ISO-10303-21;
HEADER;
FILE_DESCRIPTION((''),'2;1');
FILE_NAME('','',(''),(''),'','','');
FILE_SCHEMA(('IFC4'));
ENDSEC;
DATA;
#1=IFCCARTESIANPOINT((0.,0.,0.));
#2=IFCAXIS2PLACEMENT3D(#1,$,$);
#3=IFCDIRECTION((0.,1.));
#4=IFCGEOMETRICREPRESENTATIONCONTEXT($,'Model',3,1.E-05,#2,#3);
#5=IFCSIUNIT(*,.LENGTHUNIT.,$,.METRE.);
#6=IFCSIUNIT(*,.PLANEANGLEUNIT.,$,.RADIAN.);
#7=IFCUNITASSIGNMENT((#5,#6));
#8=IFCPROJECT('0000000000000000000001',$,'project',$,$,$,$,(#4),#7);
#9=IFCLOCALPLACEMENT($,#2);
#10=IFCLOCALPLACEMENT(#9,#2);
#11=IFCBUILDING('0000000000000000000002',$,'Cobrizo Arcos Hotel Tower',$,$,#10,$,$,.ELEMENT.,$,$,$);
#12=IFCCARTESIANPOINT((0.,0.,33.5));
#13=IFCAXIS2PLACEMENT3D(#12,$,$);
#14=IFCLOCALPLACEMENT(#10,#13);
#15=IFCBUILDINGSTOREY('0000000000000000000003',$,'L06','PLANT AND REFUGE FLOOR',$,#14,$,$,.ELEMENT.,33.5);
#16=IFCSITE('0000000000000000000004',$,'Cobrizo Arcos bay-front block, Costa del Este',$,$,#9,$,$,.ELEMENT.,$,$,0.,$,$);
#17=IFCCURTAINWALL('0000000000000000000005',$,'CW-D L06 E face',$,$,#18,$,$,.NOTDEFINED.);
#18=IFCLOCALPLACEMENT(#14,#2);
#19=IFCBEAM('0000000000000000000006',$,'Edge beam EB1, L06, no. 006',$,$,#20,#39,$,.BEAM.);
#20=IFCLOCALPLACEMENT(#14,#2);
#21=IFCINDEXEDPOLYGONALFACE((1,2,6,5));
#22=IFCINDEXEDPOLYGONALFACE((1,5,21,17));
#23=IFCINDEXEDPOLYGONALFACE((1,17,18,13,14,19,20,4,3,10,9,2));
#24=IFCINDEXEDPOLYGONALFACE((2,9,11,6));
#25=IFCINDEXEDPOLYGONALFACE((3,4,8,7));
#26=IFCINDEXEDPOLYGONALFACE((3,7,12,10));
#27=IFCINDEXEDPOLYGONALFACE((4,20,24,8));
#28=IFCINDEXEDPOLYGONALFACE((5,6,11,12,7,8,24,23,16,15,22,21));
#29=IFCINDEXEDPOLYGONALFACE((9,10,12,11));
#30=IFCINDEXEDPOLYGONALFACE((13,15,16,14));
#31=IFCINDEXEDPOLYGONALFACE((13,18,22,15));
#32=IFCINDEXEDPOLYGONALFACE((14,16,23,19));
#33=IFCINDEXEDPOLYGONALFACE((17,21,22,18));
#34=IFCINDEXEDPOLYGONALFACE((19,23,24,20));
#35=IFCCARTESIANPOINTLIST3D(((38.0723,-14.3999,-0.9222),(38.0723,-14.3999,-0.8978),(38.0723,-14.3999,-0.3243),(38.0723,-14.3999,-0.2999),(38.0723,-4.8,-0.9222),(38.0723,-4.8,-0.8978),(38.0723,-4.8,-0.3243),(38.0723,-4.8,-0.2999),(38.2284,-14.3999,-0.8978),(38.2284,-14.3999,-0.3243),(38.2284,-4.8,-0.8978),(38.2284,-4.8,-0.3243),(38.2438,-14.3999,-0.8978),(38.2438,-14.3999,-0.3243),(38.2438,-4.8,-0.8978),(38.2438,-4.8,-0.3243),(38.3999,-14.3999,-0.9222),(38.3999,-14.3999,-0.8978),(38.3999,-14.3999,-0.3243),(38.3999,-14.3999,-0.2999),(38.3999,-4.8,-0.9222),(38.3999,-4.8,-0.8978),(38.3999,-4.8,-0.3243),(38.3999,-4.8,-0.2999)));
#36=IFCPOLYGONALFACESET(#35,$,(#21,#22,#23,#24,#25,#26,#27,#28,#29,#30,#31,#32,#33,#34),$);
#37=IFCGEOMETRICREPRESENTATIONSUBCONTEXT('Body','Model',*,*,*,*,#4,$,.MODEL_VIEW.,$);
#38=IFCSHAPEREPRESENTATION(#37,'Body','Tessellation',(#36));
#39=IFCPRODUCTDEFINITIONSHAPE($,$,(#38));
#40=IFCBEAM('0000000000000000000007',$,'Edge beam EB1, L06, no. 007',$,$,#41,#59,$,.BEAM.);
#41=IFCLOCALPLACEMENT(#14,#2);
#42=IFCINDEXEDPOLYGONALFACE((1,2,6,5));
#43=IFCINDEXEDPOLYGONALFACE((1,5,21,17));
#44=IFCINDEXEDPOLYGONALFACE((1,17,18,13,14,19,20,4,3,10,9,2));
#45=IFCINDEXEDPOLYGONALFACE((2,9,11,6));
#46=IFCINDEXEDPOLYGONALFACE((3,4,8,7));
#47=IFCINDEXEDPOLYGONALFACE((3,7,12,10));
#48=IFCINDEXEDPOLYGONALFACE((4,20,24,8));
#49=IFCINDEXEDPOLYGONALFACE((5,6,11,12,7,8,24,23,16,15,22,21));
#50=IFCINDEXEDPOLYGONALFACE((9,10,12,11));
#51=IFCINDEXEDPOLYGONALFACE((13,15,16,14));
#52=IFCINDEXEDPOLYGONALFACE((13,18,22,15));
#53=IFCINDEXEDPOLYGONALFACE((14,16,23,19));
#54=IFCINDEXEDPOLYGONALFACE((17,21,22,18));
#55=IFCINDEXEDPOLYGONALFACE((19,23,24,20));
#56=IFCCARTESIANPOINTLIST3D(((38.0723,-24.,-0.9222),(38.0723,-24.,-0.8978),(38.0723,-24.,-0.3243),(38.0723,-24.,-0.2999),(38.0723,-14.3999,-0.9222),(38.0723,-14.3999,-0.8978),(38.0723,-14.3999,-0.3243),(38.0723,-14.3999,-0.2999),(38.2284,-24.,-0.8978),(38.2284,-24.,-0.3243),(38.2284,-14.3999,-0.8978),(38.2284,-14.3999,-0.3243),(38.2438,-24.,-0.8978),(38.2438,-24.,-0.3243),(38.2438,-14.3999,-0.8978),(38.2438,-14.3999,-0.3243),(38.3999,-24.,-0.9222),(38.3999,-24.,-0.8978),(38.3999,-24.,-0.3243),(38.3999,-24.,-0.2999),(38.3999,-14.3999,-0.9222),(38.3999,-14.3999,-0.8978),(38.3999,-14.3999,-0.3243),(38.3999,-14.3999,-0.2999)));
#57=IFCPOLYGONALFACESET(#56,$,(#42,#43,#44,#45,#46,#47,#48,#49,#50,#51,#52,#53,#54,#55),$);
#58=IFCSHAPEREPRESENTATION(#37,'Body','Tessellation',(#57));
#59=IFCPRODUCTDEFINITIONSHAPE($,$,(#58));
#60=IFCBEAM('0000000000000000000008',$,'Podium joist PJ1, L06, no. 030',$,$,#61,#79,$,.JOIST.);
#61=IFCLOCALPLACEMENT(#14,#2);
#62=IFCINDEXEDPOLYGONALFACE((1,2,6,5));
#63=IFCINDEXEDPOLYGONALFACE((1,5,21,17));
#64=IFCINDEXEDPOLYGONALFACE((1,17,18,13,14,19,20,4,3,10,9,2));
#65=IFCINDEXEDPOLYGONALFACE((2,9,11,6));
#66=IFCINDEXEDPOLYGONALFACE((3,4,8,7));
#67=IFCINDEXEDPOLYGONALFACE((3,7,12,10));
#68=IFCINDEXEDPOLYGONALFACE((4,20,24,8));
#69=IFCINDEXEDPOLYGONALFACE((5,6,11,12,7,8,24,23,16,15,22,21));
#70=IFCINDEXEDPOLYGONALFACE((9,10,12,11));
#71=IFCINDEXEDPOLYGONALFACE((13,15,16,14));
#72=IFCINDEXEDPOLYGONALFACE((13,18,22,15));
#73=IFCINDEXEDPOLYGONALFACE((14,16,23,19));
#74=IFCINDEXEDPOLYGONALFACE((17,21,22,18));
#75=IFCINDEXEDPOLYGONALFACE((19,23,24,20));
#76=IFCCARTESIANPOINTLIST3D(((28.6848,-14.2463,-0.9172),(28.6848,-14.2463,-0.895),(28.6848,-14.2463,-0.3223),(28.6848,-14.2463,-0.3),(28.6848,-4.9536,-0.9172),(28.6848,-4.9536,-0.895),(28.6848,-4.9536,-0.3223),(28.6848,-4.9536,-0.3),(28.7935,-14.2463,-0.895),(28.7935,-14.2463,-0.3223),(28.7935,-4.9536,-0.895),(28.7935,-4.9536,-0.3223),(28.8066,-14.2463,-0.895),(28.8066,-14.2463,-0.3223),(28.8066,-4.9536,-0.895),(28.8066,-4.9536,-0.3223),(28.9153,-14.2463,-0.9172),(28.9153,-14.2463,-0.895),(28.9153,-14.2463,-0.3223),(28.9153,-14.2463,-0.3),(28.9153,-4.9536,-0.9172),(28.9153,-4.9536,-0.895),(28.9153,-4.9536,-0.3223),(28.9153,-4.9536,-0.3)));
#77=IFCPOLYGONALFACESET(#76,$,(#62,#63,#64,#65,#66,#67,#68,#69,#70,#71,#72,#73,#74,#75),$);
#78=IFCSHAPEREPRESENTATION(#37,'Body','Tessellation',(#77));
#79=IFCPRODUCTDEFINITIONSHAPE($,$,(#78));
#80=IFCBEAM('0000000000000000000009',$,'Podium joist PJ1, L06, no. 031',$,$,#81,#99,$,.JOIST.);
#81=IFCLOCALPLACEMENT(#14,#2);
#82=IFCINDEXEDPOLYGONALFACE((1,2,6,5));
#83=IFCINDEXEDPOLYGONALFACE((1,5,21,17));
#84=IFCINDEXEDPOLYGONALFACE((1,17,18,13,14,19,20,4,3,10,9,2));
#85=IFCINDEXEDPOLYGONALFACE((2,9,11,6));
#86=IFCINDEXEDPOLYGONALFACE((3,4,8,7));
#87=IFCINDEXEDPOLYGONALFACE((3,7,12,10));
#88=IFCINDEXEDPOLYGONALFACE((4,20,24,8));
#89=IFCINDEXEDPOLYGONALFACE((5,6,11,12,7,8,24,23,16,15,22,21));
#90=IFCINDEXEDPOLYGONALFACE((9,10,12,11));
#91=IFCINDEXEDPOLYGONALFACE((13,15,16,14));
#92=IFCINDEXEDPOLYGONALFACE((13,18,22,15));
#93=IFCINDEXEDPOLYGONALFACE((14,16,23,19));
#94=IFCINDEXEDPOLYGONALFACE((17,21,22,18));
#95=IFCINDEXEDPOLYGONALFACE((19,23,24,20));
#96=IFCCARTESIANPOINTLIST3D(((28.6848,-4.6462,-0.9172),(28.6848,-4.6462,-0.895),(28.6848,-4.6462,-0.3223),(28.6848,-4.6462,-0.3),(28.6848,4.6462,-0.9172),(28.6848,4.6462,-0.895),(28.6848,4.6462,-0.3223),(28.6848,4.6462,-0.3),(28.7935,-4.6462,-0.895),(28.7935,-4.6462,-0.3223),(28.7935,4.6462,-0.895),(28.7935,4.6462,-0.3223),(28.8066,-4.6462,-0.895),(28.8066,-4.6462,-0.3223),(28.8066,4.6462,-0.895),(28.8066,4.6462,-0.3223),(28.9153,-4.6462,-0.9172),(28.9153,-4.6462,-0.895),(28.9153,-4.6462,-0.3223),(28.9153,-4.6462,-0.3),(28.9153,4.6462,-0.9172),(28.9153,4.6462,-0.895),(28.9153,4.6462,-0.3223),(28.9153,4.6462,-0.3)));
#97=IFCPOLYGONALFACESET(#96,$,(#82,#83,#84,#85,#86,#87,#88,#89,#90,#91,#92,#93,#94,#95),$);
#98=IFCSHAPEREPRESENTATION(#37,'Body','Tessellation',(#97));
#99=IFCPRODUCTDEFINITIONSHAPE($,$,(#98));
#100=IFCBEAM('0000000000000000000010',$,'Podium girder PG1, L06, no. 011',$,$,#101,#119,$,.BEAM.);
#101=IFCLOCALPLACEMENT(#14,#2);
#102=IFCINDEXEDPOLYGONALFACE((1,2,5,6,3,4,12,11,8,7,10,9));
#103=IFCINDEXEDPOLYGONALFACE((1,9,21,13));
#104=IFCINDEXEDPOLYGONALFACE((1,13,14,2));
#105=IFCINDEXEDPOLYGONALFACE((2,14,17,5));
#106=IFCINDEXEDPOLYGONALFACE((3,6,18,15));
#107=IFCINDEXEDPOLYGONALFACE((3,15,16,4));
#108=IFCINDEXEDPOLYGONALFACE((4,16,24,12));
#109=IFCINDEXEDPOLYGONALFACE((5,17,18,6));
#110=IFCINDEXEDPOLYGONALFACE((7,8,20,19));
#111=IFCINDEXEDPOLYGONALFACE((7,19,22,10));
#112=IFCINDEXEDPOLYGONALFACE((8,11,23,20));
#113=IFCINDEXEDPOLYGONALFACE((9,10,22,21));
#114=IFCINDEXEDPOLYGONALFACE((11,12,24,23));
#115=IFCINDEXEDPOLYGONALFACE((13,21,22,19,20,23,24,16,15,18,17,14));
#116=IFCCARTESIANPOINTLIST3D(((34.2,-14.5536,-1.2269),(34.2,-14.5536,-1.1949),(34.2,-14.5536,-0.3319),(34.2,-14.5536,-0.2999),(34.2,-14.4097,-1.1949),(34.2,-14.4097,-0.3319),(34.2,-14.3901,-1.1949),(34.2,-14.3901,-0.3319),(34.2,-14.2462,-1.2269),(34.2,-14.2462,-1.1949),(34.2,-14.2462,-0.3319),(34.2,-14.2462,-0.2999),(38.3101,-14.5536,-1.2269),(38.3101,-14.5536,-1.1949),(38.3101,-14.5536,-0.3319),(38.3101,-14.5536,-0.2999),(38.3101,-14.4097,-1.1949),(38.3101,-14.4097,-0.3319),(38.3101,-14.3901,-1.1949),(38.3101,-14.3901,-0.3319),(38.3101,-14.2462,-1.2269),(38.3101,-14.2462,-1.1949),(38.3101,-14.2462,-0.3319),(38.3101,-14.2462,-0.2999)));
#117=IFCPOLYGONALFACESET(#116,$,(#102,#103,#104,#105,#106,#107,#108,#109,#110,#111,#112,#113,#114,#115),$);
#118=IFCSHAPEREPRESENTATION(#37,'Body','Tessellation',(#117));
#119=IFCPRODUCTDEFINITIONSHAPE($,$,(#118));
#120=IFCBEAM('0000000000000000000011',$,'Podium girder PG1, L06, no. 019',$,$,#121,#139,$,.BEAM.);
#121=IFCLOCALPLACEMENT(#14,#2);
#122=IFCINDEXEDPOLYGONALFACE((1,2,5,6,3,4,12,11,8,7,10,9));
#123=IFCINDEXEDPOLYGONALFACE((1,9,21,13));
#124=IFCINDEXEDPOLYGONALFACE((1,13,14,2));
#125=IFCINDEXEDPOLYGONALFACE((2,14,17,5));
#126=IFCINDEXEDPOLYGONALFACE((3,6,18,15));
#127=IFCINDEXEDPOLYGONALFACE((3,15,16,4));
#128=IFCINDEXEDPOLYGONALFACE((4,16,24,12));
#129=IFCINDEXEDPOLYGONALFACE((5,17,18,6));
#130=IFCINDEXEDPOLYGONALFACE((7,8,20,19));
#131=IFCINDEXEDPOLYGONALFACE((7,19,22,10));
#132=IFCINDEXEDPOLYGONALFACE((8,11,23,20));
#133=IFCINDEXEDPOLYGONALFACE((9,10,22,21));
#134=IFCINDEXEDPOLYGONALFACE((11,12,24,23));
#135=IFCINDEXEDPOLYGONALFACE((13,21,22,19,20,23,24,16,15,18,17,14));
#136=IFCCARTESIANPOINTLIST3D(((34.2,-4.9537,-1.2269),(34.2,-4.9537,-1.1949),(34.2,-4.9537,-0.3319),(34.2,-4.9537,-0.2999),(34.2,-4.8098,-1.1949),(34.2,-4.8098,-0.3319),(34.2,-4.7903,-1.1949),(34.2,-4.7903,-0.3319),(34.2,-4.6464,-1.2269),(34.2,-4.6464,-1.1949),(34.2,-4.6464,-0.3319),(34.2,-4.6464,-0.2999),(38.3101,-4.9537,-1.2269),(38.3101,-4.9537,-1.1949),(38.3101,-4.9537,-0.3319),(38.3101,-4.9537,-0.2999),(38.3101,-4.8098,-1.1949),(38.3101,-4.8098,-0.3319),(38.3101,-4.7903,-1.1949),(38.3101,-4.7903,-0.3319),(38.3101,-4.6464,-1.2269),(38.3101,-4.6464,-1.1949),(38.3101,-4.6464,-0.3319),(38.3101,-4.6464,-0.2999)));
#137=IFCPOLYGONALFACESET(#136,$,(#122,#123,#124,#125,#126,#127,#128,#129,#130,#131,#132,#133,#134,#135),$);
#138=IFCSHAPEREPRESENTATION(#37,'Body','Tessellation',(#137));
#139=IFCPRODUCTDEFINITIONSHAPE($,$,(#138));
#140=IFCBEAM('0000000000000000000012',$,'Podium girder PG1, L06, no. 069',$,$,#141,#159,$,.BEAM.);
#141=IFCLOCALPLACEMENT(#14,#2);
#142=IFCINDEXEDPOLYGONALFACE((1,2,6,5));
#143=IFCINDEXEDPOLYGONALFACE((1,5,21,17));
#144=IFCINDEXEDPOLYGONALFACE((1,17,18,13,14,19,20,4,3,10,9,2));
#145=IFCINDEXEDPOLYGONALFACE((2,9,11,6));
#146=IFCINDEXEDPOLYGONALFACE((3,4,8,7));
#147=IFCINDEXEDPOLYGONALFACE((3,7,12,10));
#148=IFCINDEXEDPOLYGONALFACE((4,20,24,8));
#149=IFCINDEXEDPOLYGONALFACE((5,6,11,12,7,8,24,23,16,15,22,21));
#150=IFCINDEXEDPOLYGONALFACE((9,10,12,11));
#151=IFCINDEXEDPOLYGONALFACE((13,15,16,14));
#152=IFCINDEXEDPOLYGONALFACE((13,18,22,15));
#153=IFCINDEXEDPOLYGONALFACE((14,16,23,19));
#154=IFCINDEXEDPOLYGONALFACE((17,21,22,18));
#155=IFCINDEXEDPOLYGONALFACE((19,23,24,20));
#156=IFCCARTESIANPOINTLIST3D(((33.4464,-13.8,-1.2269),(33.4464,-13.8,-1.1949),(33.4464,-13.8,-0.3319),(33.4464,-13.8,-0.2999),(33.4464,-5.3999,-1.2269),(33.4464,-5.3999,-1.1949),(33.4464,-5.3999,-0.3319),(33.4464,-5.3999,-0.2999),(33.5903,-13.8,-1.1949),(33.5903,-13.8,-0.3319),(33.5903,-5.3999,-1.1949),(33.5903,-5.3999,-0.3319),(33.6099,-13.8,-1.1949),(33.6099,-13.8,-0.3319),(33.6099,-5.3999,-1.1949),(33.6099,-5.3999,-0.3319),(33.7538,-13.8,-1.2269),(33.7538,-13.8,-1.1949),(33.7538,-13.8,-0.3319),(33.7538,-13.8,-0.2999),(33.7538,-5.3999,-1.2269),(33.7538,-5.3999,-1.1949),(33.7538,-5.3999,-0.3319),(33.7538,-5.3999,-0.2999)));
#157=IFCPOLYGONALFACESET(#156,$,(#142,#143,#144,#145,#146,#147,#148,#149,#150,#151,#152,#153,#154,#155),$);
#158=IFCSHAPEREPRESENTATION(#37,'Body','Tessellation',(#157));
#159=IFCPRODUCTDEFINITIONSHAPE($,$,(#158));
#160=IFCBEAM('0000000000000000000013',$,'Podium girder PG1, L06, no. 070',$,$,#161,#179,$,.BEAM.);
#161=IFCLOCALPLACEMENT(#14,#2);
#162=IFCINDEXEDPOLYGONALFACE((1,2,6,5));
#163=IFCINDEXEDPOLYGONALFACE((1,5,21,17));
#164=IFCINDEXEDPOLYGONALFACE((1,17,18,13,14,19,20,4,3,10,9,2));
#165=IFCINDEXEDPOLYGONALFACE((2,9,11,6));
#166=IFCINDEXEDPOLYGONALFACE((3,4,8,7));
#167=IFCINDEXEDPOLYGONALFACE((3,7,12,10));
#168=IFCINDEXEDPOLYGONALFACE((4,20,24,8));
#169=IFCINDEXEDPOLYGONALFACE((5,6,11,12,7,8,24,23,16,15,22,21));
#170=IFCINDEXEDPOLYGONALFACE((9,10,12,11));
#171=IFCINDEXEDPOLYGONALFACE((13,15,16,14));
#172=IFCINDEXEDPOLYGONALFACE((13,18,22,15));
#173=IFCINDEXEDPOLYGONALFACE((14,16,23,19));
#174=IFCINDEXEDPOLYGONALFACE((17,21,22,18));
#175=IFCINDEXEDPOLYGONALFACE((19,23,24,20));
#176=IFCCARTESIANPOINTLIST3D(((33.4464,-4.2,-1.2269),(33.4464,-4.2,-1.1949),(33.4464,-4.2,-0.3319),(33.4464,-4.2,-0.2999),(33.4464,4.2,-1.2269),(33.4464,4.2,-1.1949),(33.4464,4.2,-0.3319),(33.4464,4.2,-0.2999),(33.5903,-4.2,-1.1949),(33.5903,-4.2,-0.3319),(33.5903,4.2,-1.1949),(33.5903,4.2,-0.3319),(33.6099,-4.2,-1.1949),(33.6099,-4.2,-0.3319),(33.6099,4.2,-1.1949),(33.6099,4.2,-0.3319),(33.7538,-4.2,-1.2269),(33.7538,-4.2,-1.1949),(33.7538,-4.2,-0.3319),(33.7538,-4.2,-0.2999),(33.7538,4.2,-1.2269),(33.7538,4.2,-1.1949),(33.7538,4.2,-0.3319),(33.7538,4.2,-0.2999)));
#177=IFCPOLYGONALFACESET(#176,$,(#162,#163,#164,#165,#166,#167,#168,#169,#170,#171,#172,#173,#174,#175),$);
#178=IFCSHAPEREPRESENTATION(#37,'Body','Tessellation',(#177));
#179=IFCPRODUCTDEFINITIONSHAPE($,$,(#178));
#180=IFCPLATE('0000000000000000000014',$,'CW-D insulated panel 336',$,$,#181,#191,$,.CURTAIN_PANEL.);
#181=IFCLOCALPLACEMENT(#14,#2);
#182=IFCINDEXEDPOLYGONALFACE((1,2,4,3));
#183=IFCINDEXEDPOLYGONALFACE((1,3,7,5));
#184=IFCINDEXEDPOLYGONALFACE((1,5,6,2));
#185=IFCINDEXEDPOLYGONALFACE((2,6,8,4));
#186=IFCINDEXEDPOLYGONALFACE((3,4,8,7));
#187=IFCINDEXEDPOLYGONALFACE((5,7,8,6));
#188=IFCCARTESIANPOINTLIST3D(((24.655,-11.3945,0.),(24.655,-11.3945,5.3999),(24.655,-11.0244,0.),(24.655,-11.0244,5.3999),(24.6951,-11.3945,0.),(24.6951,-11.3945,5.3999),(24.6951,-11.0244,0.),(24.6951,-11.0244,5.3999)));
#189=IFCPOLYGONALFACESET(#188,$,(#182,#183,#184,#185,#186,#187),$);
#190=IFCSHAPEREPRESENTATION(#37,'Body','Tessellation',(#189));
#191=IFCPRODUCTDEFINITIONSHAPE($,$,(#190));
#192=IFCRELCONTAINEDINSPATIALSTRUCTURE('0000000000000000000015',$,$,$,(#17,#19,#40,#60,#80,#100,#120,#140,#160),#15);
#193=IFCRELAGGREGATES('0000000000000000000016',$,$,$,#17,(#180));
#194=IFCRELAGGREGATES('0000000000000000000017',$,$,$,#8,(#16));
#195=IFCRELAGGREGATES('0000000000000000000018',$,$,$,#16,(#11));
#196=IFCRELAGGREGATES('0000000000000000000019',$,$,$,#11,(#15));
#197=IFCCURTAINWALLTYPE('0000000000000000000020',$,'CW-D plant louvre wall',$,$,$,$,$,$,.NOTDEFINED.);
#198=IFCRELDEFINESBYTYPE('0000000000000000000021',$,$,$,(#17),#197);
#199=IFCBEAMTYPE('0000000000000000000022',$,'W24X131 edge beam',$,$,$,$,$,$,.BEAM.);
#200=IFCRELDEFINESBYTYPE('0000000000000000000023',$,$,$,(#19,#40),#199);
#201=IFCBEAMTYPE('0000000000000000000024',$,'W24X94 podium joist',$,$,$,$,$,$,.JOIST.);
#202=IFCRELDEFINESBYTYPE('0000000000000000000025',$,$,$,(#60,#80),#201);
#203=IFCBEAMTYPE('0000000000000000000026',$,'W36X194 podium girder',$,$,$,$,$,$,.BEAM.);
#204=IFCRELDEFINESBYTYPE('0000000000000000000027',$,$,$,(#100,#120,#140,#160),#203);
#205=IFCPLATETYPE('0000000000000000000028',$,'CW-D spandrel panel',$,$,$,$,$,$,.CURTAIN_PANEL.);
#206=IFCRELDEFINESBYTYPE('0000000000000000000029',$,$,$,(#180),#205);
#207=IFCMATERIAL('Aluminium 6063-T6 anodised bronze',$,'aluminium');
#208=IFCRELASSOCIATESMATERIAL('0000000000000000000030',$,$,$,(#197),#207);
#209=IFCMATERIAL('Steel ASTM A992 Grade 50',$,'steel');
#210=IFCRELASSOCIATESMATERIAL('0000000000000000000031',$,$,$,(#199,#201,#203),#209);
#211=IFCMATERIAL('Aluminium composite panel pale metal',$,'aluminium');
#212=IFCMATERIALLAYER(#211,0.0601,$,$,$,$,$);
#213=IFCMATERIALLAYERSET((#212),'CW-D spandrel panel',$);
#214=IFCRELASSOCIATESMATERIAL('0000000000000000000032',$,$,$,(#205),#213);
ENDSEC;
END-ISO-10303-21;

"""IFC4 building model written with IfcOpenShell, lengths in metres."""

from ifc_helpers import new_model, si_unit, direction, frame, origin, origin_2d, place, context, subcontext, project, spatial, rectangle, i_section, extrude, material, layer, layer_set, material_profile, profile_set, type_object, element, aggregate, save


model = new_model("IFC4")

# Units and contexts
model_context = context("Model", 3, precision=1e-05, world=origin(), true_north=direction((0.0, 1.0)))
body_context = subcontext(model_context, "Body", "Model", "MODEL_VIEW")
ifc_project = project(units=[si_unit("LENGTHUNIT", "METRE"), si_unit("PLANEANGLEUNIT", "RADIAN")], contexts=[model_context])

# Site, building, storey
site_placement = place(None, origin())
site = spatial("IfcSite", under=ifc_project, at=site_placement, Name="Cobrizo Arcos bay-front block, Costa del Este", CompositionType="ELEMENT", RefElevation=0.0)
building_placement = place(site_placement, origin())
building = spatial("IfcBuilding", under=site, at=building_placement, Name="Cobrizo Arcos Hotel Tower", CompositionType="ELEMENT")
storey_placement = place(building_placement, frame((0.0, 0.0, 33.5)))
storey = spatial("IfcBuildingStorey", under=building, at=storey_placement, Name="L06", Description="PLANT AND REFUGE FLOOR", CompositionType="ELEMENT", Elevation=33.5)

# Curtain wall
ifc_material_1 = material(Name="Aluminium 6063-T6 anodised bronze", Category="aluminium")
curtain_wall_type = type_object("IfcCurtainWallType", Name="CW-D plant louvre wall", PredefinedType="NOTDEFINED", material=ifc_material_1)
curtain_wall_placement = place(storey_placement, origin())
curtain_wall = element("IfcCurtainWall", 1, at=curtain_wall_placement, inside=storey, type_object=curtain_wall_type, Name="CW-D L06 E face", PredefinedType="NOTDEFINED")

# Beams
ifc_material_2 = material(Name="Steel ASTM A992 Grade 50", Category="steel")
ifc_material_profile_1 = material_profile(ifc_material_2, i_section(OverallWidth=0.3276, OverallDepth=0.6223, WebThickness=0.0154, FlangeThickness=0.0244, at=origin_2d()), Name="W24X131")
ifc_profile_set_1 = profile_set([ifc_material_profile_1], Name="Steel ASTM A992 Grade 50")
beam_type_1 = type_object("IfcBeamType", Name="W24X131 edge beam", PredefinedType="BEAM", material=ifc_profile_set_1)
beam_1_placement = place(storey_placement, frame((38.2361, -4.8, -0.6111), z_axis=(0.0, -1.0, 0.0), x_axis=(1.0, 0.0, 0.0)))
element("IfcBeam", 2, at=beam_1_placement, inside=storey, type_object=beam_type_1, Name="Edge beam EB1, L06, no. 006", PredefinedType="BEAM", context=body_context, shape_type="SweptSolid", body=[
    extrude(i_section(OverallWidth=0.3276, OverallDepth=0.6223, WebThickness=0.0154, FlangeThickness=0.0244, at=origin_2d()), origin(), (0.0, 0.0, 1.0), 9.5999),
])
beam_2_placement = place(storey_placement, frame((38.2361, -14.3999, -0.6111), z_axis=(0.0, -1.0, 0.0), x_axis=(1.0, 0.0, 0.0)))
element("IfcBeam", 3, at=beam_2_placement, inside=storey, type_object=beam_type_1, Name="Edge beam EB1, L06, no. 007", PredefinedType="BEAM", context=body_context, shape_type="SweptSolid", body=[
    extrude(i_section(OverallWidth=0.3276, OverallDepth=0.6223, WebThickness=0.0154, FlangeThickness=0.0244, at=origin_2d()), origin(), (0.0, 0.0, 1.0), 9.6001),
])
ifc_material_profile_2 = material_profile(ifc_material_2, i_section(OverallWidth=0.2305, OverallDepth=0.6172, WebThickness=0.0132, FlangeThickness=0.0222, at=origin_2d()), Name="W24X94")
ifc_profile_set_2 = profile_set([ifc_material_profile_2], Name="Steel ASTM A992 Grade 50")
beam_type_2 = type_object("IfcBeamType", Name="W24X94 podium joist", PredefinedType="JOIST", material=ifc_profile_set_2)
beam_3_placement = place(storey_placement, frame((28.8, -14.2463, -0.6086), z_axis=(0.0, 1.0, 0.0), x_axis=(-1.0, 0.0, 0.0)))
element("IfcBeam", 4, at=beam_3_placement, inside=storey, type_object=beam_type_2, Name="Podium joist PJ1, L06, no. 030", PredefinedType="JOIST", context=body_context, shape_type="SweptSolid", body=[
    extrude(i_section(OverallWidth=0.2305, OverallDepth=0.6172, WebThickness=0.0132, FlangeThickness=0.0222, at=origin_2d()), origin(), (0.0, 0.0, 1.0), 9.2927),
])
beam_4_placement = place(storey_placement, frame((28.8, -4.6462, -0.6086), z_axis=(0.0, 1.0, 0.0), x_axis=(-1.0, 0.0, 0.0)))
element("IfcBeam", 5, at=beam_4_placement, inside=storey, type_object=beam_type_2, Name="Podium joist PJ1, L06, no. 031", PredefinedType="JOIST", context=body_context, shape_type="SweptSolid", body=[
    extrude(i_section(OverallWidth=0.2305, OverallDepth=0.6172, WebThickness=0.0132, FlangeThickness=0.0222, at=origin_2d()), origin(), (0.0, 0.0, 1.0), 9.2925),
])
ifc_material_profile_3 = material_profile(ifc_material_2, i_section(OverallWidth=0.3074, OverallDepth=0.927, WebThickness=0.0195, FlangeThickness=0.032, at=origin_2d()), Name="W36X194")
ifc_profile_set_3 = profile_set([ifc_material_profile_3], Name="Steel ASTM A992 Grade 50")
beam_type_3 = type_object("IfcBeamType", Name="W36X194 podium girder", PredefinedType="BEAM", material=ifc_profile_set_3)
for number, where, z_axis, x_axis, name in (
    (6, (34.2, -14.3999, -0.7634), (1.0, 0.0, 0.0), (0.0, 1.0, 0.0), "Podium girder PG1, L06, no. 011"),
    (7, (34.2, -4.8, -0.7634), (1.0, 0.0, 0.0), (0.0, 1.0, 0.0), "Podium girder PG1, L06, no. 019"),
):
    element("IfcBeam", number, at=place(storey_placement, frame(where, z_axis=z_axis, x_axis=x_axis)), inside=storey, type_object=beam_type_3, Name=name, PredefinedType="BEAM", context=body_context, shape_type="SweptSolid", body=[
        extrude(i_section(OverallWidth=0.3074, OverallDepth=0.927, WebThickness=0.0195, FlangeThickness=0.032, at=origin_2d()), origin(), (0.0, 0.0, 1.0), 4.1101),
    ])
beam_5_placement = place(storey_placement, frame((33.6001, -13.8, -0.7634), z_axis=(0.0, 1.0, 0.0), x_axis=(-1.0, 0.0, 0.0)))
element("IfcBeam", 8, at=beam_5_placement, inside=storey, type_object=beam_type_3, Name="Podium girder PG1, L06, no. 069", PredefinedType="BEAM", context=body_context, shape_type="SweptSolid", body=[
    extrude(i_section(OverallWidth=0.3074, OverallDepth=0.927, WebThickness=0.0195, FlangeThickness=0.032, at=origin_2d()), origin(), (0.0, 0.0, 1.0), 8.4001),
])
beam_6_placement = place(storey_placement, frame((33.6001, -4.2, -0.7634), z_axis=(0.0, 1.0, 0.0), x_axis=(-1.0, 0.0, 0.0)))
element("IfcBeam", 9, at=beam_6_placement, inside=storey, type_object=beam_type_3, Name="Podium girder PG1, L06, no. 070", PredefinedType="BEAM", context=body_context, shape_type="SweptSolid", body=[
    extrude(i_section(OverallWidth=0.3074, OverallDepth=0.927, WebThickness=0.0195, FlangeThickness=0.032, at=origin_2d()), origin(), (0.0, 0.0, 1.0), 8.3999),
])

# Plate
ifc_material_3 = material(Name="Aluminium composite panel pale metal", Category="aluminium")
ifc_layer_1 = layer(ifc_material_3, 0.0601)
ifc_layer_set_1 = layer_set([ifc_layer_1], Name="CW-D spandrel panel")
plate_type = type_object("IfcPlateType", Name="CW-D spandrel panel", PredefinedType="CURTAIN_PANEL", material=ifc_layer_set_1)
plate_placement = place(storey_placement, frame((24.675, -11.2095, 0.0), z_axis=(0.0, 0.0, 1.0), x_axis=(0.0, 1.0, 0.0)))
plate = element("IfcPlate", 10, at=plate_placement, type_object=plate_type, Name="CW-D insulated panel 336", PredefinedType="CURTAIN_PANEL", context=body_context, shape_type="SweptSolid", body=[
    extrude(rectangle(XDim=0.3701, YDim=0.04, at=origin_2d()), origin(), (0.0, 0.0, 1.0), 5.3999),
])
aggregate(curtain_wall, [plate])

save(model, "model.ifc")
